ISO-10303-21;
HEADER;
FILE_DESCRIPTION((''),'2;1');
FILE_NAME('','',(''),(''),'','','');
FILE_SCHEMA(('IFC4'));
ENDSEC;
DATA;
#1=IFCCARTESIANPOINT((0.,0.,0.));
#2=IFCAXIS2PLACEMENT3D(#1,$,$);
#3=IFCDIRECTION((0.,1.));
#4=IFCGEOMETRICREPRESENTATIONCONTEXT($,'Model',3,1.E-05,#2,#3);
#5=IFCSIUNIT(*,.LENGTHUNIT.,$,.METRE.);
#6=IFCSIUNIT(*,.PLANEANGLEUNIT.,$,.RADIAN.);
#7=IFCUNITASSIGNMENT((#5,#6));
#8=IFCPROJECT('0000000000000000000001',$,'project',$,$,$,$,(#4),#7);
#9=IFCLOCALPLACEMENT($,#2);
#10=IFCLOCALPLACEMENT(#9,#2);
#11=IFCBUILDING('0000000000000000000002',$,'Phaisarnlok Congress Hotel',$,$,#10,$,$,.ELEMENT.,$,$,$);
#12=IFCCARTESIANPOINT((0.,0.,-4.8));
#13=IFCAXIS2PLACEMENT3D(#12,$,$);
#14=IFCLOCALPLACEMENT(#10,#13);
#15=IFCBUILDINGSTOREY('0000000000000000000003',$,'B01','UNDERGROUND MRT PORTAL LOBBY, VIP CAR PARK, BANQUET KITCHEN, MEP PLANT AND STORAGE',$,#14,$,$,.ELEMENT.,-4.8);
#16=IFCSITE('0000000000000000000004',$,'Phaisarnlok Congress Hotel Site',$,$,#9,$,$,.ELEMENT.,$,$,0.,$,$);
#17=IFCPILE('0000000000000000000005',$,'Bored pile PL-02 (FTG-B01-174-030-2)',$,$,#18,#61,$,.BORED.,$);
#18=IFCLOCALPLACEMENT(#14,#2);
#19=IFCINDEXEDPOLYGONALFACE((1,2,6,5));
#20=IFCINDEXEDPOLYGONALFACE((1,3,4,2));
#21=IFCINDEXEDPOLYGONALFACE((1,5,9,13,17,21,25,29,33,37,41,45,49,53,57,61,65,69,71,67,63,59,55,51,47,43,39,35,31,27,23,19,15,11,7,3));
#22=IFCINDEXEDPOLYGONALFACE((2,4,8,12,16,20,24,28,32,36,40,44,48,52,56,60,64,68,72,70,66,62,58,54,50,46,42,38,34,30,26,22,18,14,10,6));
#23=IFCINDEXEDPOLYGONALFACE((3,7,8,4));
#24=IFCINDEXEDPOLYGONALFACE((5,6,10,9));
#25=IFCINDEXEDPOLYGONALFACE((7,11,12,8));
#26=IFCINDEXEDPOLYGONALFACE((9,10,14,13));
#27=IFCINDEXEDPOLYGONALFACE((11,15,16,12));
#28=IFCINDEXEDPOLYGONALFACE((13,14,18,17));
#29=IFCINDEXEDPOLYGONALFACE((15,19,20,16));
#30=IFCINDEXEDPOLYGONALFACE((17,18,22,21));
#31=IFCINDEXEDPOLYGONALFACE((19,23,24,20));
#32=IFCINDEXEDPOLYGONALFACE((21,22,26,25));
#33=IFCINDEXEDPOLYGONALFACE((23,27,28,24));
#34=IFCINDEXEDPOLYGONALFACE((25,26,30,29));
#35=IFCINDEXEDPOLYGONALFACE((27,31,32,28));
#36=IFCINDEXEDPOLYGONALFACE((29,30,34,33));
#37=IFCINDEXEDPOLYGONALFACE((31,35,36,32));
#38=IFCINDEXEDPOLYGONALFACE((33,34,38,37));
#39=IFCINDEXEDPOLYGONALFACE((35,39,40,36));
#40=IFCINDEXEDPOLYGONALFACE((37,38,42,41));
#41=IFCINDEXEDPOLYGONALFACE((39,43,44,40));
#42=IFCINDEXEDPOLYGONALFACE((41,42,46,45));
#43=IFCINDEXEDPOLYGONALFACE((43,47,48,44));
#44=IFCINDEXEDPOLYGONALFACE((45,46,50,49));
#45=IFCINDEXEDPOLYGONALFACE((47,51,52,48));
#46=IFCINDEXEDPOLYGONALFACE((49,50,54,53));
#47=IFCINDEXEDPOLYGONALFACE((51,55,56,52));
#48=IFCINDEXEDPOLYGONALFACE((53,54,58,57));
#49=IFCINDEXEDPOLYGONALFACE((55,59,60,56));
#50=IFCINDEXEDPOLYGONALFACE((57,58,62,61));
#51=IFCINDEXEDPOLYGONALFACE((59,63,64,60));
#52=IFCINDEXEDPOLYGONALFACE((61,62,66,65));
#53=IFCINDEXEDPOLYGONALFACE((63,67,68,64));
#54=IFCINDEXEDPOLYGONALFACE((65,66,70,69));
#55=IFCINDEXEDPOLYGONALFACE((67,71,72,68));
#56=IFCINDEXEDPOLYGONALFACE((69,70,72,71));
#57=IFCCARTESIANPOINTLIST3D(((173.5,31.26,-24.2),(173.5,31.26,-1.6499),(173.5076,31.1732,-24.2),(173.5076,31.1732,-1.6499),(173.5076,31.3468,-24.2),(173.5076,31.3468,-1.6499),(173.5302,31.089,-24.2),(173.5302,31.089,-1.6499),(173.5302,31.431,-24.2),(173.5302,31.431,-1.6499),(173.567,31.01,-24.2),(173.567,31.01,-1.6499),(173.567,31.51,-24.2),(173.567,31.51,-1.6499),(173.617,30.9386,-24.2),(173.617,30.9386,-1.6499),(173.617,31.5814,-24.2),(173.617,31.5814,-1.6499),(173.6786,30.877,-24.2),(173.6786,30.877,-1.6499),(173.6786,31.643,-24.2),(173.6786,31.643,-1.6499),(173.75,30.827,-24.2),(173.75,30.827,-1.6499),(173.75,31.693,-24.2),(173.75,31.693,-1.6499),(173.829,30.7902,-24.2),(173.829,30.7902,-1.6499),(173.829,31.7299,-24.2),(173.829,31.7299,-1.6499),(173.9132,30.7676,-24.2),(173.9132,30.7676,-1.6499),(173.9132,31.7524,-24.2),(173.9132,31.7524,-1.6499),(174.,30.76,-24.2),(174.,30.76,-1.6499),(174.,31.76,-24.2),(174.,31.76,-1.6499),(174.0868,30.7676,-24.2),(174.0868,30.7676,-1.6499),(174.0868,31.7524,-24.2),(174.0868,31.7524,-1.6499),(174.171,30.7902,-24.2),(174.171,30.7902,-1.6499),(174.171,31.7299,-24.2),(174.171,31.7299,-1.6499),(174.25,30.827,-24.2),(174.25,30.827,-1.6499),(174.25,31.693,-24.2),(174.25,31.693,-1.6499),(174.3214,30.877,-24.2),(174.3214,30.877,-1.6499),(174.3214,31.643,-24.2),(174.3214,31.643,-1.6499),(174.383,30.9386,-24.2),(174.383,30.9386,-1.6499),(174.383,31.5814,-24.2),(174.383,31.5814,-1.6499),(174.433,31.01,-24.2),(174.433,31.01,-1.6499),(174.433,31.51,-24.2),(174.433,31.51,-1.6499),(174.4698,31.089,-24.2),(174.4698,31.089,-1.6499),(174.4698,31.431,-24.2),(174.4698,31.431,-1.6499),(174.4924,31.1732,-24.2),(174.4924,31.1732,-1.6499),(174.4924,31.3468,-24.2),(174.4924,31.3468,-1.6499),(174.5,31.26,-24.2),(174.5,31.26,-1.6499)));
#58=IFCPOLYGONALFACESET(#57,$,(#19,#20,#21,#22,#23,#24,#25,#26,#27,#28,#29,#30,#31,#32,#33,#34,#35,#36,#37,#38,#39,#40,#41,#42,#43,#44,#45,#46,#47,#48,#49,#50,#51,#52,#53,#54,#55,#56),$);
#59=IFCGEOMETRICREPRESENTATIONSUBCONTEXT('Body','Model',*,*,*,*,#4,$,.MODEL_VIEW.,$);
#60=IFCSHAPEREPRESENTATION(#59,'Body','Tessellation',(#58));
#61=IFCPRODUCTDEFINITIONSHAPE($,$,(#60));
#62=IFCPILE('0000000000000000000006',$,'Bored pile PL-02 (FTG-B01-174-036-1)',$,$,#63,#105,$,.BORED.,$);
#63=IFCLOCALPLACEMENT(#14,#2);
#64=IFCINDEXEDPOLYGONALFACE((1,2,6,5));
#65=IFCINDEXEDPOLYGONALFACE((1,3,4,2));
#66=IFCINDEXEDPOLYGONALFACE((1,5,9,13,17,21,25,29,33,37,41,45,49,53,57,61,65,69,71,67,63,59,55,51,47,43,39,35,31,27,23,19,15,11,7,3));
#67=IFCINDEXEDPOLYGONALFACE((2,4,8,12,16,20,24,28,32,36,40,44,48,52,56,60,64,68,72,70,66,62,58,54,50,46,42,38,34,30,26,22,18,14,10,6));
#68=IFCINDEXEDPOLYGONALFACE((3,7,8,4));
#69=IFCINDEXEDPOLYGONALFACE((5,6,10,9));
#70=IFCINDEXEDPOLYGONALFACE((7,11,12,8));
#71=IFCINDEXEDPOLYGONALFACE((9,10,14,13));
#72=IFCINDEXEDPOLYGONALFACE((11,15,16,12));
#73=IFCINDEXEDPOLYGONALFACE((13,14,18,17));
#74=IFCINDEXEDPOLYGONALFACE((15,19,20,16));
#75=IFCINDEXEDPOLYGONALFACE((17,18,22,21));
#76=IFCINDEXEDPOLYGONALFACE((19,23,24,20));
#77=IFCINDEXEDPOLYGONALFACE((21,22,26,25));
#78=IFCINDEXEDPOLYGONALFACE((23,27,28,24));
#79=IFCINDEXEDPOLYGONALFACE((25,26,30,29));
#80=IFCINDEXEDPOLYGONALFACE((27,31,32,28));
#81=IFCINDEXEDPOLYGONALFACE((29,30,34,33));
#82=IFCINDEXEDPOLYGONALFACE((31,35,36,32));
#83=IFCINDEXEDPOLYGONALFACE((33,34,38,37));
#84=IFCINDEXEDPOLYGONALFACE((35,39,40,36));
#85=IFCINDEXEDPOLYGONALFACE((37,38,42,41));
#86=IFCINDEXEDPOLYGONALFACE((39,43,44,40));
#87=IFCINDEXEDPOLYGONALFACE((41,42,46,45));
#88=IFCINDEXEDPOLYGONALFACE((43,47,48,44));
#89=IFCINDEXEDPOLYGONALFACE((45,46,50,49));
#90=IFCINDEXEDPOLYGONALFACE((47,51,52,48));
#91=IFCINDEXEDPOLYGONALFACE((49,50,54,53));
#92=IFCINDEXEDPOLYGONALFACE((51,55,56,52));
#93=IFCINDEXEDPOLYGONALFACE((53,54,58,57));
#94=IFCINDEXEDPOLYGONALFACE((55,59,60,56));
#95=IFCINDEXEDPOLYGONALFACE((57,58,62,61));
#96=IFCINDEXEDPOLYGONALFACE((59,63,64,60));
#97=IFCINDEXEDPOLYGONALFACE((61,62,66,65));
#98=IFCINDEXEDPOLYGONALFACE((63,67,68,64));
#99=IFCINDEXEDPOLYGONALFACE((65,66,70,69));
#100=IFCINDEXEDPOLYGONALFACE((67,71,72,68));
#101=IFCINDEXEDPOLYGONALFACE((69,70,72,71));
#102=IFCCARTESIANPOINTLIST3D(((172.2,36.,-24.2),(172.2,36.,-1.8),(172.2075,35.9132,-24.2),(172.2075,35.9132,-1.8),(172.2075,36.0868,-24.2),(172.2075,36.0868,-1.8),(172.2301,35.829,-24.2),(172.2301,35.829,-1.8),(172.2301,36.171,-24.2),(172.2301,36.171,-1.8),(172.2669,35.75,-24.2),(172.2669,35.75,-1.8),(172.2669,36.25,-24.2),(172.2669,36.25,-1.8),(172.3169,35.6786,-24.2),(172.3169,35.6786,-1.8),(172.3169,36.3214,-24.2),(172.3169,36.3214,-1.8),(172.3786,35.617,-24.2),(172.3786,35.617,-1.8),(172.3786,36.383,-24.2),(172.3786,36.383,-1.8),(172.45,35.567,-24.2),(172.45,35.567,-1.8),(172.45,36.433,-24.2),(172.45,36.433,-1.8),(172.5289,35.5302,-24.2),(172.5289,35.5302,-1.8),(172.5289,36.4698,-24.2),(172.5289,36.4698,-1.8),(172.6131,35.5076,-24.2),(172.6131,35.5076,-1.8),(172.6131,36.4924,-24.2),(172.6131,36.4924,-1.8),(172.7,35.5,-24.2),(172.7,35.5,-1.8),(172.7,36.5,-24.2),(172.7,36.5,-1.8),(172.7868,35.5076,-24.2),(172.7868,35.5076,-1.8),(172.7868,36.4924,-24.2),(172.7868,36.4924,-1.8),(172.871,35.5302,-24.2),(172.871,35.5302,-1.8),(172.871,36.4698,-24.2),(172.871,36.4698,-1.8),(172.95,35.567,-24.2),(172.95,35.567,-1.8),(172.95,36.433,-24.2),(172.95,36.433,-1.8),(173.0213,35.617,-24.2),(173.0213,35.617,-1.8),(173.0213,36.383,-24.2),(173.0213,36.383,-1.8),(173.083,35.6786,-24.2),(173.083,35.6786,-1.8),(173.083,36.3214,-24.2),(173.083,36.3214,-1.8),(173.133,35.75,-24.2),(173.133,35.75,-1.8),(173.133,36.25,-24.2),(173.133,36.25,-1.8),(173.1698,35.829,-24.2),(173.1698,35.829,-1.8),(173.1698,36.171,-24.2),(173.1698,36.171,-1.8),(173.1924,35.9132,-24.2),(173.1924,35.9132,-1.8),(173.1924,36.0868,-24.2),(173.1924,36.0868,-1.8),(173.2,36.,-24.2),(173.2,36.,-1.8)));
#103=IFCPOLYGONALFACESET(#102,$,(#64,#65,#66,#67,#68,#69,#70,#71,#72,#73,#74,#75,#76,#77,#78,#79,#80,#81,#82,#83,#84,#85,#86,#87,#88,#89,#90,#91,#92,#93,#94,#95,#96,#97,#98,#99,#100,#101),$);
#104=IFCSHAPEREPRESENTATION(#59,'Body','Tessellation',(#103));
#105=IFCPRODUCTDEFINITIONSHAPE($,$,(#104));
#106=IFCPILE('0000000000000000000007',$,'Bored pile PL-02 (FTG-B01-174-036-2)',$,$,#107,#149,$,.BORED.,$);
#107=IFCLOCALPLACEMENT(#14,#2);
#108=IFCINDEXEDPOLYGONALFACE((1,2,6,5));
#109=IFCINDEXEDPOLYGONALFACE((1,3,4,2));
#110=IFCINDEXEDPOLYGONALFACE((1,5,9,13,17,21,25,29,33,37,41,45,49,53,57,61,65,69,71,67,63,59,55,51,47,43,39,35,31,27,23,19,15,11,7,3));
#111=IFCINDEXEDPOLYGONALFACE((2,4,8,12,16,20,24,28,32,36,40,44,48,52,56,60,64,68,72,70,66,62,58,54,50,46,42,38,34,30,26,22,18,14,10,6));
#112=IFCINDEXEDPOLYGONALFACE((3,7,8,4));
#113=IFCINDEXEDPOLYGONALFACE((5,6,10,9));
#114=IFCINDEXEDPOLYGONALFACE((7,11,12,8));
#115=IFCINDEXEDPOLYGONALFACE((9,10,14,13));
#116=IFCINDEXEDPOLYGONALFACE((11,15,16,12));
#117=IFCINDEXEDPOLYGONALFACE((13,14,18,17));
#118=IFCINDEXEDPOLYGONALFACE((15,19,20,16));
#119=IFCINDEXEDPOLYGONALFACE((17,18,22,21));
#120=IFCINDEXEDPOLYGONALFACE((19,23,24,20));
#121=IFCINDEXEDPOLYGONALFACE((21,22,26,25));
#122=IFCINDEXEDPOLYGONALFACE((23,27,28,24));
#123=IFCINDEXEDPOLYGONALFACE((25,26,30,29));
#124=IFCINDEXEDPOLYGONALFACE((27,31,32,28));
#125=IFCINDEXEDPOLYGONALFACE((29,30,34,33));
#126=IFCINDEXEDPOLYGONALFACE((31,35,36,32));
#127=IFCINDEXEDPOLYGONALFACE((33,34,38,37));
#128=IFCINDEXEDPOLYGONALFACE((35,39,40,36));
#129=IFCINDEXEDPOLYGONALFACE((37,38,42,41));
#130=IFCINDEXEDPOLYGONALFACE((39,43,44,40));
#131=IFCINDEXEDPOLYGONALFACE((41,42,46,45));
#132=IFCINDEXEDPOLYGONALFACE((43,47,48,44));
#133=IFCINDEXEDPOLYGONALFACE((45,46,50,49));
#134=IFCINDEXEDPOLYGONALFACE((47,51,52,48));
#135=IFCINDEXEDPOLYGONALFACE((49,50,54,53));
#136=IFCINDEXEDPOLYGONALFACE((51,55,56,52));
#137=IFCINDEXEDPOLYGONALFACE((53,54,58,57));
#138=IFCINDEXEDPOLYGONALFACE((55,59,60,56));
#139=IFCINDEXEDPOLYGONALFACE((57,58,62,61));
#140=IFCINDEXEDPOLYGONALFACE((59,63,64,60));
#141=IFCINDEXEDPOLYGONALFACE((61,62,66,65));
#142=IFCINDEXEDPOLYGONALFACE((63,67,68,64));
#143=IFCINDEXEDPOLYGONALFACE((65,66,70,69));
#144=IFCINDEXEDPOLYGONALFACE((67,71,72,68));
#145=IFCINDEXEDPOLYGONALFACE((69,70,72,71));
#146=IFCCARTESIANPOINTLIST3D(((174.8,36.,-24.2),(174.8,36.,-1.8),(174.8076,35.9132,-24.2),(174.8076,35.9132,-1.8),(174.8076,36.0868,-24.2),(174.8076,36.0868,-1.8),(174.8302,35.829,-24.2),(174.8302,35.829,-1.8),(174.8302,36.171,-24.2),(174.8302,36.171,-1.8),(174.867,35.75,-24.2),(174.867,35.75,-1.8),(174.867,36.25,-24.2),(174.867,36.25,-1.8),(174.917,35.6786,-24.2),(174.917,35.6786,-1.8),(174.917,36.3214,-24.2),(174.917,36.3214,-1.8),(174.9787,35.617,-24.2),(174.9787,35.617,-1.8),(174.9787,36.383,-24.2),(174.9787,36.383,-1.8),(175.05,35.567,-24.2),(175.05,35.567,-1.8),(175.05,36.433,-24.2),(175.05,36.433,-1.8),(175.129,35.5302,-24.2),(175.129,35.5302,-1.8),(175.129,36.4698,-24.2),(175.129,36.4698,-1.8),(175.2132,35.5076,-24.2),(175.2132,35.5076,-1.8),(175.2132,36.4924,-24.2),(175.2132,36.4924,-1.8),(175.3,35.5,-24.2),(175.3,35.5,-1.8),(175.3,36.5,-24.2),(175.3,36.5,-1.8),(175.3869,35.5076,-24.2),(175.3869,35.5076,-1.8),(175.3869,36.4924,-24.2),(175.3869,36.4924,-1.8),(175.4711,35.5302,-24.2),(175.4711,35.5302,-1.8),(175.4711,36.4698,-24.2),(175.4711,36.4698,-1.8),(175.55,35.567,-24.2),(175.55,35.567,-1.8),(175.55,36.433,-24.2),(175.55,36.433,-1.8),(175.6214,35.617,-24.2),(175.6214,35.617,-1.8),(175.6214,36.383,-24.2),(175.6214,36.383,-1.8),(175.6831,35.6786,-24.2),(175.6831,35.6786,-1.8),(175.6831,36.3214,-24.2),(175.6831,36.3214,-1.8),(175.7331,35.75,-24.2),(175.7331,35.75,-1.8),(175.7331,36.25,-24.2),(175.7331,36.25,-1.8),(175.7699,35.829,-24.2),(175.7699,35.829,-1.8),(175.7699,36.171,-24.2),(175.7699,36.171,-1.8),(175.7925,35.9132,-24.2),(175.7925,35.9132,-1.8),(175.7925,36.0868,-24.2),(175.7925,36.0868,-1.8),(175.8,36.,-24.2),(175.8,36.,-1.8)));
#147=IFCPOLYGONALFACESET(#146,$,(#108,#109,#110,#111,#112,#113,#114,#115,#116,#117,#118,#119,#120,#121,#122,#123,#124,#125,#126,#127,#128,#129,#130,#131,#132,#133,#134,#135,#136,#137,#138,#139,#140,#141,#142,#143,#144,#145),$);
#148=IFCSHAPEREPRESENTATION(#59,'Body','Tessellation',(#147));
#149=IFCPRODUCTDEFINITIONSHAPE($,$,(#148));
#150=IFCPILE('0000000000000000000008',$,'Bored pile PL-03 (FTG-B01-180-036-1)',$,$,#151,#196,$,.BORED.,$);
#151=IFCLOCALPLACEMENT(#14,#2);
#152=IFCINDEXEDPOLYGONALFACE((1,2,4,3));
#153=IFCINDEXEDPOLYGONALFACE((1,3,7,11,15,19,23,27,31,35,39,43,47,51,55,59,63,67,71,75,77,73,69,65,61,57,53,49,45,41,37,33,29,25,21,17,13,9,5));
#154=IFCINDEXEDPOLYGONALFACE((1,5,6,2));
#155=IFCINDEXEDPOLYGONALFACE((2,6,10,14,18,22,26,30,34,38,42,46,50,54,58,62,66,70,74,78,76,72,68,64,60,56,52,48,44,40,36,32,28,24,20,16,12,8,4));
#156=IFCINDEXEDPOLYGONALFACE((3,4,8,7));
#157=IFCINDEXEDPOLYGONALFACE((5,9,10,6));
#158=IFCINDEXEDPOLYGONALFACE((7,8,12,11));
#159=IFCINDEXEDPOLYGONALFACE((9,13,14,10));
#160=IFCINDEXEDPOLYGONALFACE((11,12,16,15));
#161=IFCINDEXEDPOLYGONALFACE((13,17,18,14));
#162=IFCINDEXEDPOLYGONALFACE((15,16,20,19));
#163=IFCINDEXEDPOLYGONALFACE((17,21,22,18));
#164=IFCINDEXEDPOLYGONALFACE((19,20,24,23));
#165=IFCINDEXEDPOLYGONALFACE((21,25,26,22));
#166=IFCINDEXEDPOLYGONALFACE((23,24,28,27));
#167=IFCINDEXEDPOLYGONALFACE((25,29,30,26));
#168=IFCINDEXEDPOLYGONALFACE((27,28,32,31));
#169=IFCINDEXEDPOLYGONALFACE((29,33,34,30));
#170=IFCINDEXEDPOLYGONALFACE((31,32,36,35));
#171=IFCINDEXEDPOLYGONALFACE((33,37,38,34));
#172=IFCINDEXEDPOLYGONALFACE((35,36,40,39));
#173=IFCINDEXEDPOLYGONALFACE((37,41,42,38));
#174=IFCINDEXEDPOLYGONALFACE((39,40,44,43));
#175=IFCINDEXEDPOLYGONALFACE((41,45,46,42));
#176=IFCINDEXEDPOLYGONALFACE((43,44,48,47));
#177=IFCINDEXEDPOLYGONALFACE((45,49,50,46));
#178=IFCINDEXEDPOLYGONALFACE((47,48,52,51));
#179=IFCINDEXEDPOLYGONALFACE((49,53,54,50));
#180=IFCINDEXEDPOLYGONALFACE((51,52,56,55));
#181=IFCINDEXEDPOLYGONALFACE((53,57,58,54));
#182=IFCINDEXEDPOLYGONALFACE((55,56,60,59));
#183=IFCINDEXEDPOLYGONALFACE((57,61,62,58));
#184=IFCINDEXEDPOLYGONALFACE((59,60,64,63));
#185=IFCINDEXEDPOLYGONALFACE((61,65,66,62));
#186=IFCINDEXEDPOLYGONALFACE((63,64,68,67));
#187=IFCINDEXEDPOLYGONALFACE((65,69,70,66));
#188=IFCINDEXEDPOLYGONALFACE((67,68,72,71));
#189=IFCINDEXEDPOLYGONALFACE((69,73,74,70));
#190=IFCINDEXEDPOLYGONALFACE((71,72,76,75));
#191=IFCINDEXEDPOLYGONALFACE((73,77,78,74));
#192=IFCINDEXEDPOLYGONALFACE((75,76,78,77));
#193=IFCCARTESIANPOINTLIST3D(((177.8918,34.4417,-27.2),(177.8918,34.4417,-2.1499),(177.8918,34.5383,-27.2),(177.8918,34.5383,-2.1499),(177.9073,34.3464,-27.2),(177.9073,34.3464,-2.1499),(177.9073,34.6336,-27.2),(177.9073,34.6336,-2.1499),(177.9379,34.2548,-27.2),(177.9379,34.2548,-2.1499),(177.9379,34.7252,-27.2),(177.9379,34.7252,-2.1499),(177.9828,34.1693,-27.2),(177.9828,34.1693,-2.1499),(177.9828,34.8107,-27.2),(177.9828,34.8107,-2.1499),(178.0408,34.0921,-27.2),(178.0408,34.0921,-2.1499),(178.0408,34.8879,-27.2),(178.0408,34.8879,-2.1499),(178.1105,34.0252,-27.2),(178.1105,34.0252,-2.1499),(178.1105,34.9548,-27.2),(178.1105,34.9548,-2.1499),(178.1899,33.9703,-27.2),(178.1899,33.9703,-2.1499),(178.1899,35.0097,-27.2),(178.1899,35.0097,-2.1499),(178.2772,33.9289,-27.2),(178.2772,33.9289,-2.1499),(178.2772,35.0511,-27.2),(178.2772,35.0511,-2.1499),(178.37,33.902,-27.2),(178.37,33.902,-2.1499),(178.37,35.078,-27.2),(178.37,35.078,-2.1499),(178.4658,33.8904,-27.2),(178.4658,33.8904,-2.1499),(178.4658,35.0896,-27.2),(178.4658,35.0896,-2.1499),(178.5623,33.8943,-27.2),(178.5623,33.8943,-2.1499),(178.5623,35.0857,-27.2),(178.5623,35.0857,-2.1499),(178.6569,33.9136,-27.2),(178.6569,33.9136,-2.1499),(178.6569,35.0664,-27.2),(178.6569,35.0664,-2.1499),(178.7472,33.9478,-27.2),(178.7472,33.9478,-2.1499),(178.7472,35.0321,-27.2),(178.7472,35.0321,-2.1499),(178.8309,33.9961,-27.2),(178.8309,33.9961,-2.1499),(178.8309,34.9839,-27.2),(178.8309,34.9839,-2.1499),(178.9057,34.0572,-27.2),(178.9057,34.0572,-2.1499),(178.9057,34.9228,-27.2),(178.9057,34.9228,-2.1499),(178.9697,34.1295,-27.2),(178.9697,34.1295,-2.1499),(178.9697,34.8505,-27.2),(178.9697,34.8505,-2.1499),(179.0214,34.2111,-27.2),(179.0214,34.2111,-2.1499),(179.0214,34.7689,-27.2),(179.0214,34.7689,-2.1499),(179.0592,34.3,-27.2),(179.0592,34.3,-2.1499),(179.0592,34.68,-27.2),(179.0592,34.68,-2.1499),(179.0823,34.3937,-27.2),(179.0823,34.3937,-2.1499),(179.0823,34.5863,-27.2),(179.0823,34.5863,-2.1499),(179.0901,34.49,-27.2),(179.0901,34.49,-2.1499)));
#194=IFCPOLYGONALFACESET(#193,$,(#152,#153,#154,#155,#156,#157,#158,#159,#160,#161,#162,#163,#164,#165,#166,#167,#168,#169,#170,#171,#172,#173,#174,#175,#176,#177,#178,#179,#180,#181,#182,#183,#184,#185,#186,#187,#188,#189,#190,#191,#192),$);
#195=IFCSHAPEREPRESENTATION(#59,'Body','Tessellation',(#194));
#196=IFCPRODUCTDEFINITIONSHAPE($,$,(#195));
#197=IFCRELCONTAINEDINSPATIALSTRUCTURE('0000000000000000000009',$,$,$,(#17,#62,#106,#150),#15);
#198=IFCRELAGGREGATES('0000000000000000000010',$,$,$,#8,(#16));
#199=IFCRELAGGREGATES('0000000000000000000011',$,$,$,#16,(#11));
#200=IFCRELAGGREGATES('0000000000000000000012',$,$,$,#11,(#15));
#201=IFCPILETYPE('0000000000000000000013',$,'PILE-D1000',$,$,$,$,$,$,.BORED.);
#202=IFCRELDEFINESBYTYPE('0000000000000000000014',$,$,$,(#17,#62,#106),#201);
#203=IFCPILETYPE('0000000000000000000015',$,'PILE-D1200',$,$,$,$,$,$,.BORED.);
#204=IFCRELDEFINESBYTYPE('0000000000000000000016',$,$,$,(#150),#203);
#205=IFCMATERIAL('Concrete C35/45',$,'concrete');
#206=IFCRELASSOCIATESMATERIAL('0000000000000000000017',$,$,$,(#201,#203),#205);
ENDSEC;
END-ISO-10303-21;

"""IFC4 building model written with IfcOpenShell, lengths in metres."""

from ifc_helpers import new_model, si_unit, direction, frame, origin, origin_2d, place, context, subcontext, project, spatial, circle, extrude, material, material_profile, profile_set, type_object, element, save


model = new_model("IFC4")

# Units and contexts
model_context = context("Model", 3, precision=1e-05, world=origin(), true_north=direction((0.0, 1.0)))
body_context = subcontext(model_context, "Body", "Model", "MODEL_VIEW")
ifc_project = project(units=[si_unit("LENGTHUNIT", "METRE"), si_unit("PLANEANGLEUNIT", "RADIAN")], contexts=[model_context])

# Site, building, storey
site_placement = place(None, origin())
site = spatial("IfcSite", under=ifc_project, at=site_placement, Name="Phaisarnlok Congress Hotel Site", CompositionType="ELEMENT", RefElevation=0.0)
building_placement = place(site_placement, origin())
building = spatial("IfcBuilding", under=site, at=building_placement, Name="Phaisarnlok Congress Hotel", CompositionType="ELEMENT")
storey_placement = place(building_placement, frame((0.0, 0.0, -4.8)))
storey = spatial("IfcBuildingStorey", under=building, at=storey_placement, Name="B01", Description="UNDERGROUND MRT PORTAL LOBBY, VIP CAR PARK, BANQUET KITCHEN, MEP PLANT AND STORAGE", CompositionType="ELEMENT", Elevation=-4.8)

# Piles
ifc_material_1 = material(Name="Concrete C35/45", Category="concrete")
ifc_material_profile_1 = material_profile(ifc_material_1, circle(Radius=0.5, at=origin_2d()), Name="BORED PILE D1000")
ifc_profile_set_1 = profile_set([ifc_material_profile_1], Name="Concrete C35/45")
pile_type_1 = type_object("IfcPileType", Name="PILE-D1000", PredefinedType="BORED", material=ifc_profile_set_1)
for number, where, z_axis, x_axis, name in (
    (1, (174.0, 31.26, -1.6499), (0.0, 0.0, -1.0), (1.0, 0.0, 0.0), "Bored pile PL-02 (FTG-B01-174-030-2)"),
):
    element("IfcPile", number, at=place(storey_placement, frame(where, z_axis=z_axis, x_axis=x_axis)), inside=storey, type_object=pile_type_1, Name=name, PredefinedType="BORED", context=body_context, shape_type="SweptSolid", body=[
        extrude(circle(Radius=0.5, at=origin_2d()), origin(), (0.0, 0.0, 1.0), 22.55),
    ])
for number, where, z_axis, x_axis, name in (
    (2, (172.7, 36.0, -1.8), (0.0, 0.0, -1.0), (1.0, 0.0, 0.0), "Bored pile PL-02 (FTG-B01-174-036-1)"),
    (3, (175.3, 36.0, -1.8), (0.0, 0.0, -1.0), (1.0, 0.0, 0.0), "Bored pile PL-02 (FTG-B01-174-036-2)"),
):
    element("IfcPile", number, at=place(storey_placement, frame(where, z_axis=z_axis, x_axis=x_axis)), inside=storey, type_object=pile_type_1, Name=name, PredefinedType="BORED", context=body_context, shape_type="SweptSolid", body=[
        extrude(circle(Radius=0.5, at=origin_2d()), origin(), (0.0, 0.0, 1.0), 22.3999),
    ])
ifc_material_profile_2 = material_profile(ifc_material_1, circle(Radius=0.6001, at=origin_2d()), Name="BORED PILE D1200")
ifc_profile_set_2 = profile_set([ifc_material_profile_2], Name="Concrete C35/45")
pile_type_2 = type_object("IfcPileType", Name="PILE-D1200", PredefinedType="BORED", material=ifc_profile_set_2)
for number, where, z_axis, x_axis, name in (
    (4, (178.49, 34.49, -2.1499), (0.0, 0.0, -1.0), (1.0, 0.0, 0.0), "Bored pile PL-03 (FTG-B01-180-036-1)"),
):
    element("IfcPile", number, at=place(storey_placement, frame(where, z_axis=z_axis, x_axis=x_axis)), inside=storey, type_object=pile_type_2, Name=name, PredefinedType="BORED", context=body_context, shape_type="SweptSolid", body=[
        extrude(circle(Radius=0.6001, at=origin_2d()), origin(), (0.0, 0.0, 1.0), 25.05),
    ])

save(model, "model.ifc")
